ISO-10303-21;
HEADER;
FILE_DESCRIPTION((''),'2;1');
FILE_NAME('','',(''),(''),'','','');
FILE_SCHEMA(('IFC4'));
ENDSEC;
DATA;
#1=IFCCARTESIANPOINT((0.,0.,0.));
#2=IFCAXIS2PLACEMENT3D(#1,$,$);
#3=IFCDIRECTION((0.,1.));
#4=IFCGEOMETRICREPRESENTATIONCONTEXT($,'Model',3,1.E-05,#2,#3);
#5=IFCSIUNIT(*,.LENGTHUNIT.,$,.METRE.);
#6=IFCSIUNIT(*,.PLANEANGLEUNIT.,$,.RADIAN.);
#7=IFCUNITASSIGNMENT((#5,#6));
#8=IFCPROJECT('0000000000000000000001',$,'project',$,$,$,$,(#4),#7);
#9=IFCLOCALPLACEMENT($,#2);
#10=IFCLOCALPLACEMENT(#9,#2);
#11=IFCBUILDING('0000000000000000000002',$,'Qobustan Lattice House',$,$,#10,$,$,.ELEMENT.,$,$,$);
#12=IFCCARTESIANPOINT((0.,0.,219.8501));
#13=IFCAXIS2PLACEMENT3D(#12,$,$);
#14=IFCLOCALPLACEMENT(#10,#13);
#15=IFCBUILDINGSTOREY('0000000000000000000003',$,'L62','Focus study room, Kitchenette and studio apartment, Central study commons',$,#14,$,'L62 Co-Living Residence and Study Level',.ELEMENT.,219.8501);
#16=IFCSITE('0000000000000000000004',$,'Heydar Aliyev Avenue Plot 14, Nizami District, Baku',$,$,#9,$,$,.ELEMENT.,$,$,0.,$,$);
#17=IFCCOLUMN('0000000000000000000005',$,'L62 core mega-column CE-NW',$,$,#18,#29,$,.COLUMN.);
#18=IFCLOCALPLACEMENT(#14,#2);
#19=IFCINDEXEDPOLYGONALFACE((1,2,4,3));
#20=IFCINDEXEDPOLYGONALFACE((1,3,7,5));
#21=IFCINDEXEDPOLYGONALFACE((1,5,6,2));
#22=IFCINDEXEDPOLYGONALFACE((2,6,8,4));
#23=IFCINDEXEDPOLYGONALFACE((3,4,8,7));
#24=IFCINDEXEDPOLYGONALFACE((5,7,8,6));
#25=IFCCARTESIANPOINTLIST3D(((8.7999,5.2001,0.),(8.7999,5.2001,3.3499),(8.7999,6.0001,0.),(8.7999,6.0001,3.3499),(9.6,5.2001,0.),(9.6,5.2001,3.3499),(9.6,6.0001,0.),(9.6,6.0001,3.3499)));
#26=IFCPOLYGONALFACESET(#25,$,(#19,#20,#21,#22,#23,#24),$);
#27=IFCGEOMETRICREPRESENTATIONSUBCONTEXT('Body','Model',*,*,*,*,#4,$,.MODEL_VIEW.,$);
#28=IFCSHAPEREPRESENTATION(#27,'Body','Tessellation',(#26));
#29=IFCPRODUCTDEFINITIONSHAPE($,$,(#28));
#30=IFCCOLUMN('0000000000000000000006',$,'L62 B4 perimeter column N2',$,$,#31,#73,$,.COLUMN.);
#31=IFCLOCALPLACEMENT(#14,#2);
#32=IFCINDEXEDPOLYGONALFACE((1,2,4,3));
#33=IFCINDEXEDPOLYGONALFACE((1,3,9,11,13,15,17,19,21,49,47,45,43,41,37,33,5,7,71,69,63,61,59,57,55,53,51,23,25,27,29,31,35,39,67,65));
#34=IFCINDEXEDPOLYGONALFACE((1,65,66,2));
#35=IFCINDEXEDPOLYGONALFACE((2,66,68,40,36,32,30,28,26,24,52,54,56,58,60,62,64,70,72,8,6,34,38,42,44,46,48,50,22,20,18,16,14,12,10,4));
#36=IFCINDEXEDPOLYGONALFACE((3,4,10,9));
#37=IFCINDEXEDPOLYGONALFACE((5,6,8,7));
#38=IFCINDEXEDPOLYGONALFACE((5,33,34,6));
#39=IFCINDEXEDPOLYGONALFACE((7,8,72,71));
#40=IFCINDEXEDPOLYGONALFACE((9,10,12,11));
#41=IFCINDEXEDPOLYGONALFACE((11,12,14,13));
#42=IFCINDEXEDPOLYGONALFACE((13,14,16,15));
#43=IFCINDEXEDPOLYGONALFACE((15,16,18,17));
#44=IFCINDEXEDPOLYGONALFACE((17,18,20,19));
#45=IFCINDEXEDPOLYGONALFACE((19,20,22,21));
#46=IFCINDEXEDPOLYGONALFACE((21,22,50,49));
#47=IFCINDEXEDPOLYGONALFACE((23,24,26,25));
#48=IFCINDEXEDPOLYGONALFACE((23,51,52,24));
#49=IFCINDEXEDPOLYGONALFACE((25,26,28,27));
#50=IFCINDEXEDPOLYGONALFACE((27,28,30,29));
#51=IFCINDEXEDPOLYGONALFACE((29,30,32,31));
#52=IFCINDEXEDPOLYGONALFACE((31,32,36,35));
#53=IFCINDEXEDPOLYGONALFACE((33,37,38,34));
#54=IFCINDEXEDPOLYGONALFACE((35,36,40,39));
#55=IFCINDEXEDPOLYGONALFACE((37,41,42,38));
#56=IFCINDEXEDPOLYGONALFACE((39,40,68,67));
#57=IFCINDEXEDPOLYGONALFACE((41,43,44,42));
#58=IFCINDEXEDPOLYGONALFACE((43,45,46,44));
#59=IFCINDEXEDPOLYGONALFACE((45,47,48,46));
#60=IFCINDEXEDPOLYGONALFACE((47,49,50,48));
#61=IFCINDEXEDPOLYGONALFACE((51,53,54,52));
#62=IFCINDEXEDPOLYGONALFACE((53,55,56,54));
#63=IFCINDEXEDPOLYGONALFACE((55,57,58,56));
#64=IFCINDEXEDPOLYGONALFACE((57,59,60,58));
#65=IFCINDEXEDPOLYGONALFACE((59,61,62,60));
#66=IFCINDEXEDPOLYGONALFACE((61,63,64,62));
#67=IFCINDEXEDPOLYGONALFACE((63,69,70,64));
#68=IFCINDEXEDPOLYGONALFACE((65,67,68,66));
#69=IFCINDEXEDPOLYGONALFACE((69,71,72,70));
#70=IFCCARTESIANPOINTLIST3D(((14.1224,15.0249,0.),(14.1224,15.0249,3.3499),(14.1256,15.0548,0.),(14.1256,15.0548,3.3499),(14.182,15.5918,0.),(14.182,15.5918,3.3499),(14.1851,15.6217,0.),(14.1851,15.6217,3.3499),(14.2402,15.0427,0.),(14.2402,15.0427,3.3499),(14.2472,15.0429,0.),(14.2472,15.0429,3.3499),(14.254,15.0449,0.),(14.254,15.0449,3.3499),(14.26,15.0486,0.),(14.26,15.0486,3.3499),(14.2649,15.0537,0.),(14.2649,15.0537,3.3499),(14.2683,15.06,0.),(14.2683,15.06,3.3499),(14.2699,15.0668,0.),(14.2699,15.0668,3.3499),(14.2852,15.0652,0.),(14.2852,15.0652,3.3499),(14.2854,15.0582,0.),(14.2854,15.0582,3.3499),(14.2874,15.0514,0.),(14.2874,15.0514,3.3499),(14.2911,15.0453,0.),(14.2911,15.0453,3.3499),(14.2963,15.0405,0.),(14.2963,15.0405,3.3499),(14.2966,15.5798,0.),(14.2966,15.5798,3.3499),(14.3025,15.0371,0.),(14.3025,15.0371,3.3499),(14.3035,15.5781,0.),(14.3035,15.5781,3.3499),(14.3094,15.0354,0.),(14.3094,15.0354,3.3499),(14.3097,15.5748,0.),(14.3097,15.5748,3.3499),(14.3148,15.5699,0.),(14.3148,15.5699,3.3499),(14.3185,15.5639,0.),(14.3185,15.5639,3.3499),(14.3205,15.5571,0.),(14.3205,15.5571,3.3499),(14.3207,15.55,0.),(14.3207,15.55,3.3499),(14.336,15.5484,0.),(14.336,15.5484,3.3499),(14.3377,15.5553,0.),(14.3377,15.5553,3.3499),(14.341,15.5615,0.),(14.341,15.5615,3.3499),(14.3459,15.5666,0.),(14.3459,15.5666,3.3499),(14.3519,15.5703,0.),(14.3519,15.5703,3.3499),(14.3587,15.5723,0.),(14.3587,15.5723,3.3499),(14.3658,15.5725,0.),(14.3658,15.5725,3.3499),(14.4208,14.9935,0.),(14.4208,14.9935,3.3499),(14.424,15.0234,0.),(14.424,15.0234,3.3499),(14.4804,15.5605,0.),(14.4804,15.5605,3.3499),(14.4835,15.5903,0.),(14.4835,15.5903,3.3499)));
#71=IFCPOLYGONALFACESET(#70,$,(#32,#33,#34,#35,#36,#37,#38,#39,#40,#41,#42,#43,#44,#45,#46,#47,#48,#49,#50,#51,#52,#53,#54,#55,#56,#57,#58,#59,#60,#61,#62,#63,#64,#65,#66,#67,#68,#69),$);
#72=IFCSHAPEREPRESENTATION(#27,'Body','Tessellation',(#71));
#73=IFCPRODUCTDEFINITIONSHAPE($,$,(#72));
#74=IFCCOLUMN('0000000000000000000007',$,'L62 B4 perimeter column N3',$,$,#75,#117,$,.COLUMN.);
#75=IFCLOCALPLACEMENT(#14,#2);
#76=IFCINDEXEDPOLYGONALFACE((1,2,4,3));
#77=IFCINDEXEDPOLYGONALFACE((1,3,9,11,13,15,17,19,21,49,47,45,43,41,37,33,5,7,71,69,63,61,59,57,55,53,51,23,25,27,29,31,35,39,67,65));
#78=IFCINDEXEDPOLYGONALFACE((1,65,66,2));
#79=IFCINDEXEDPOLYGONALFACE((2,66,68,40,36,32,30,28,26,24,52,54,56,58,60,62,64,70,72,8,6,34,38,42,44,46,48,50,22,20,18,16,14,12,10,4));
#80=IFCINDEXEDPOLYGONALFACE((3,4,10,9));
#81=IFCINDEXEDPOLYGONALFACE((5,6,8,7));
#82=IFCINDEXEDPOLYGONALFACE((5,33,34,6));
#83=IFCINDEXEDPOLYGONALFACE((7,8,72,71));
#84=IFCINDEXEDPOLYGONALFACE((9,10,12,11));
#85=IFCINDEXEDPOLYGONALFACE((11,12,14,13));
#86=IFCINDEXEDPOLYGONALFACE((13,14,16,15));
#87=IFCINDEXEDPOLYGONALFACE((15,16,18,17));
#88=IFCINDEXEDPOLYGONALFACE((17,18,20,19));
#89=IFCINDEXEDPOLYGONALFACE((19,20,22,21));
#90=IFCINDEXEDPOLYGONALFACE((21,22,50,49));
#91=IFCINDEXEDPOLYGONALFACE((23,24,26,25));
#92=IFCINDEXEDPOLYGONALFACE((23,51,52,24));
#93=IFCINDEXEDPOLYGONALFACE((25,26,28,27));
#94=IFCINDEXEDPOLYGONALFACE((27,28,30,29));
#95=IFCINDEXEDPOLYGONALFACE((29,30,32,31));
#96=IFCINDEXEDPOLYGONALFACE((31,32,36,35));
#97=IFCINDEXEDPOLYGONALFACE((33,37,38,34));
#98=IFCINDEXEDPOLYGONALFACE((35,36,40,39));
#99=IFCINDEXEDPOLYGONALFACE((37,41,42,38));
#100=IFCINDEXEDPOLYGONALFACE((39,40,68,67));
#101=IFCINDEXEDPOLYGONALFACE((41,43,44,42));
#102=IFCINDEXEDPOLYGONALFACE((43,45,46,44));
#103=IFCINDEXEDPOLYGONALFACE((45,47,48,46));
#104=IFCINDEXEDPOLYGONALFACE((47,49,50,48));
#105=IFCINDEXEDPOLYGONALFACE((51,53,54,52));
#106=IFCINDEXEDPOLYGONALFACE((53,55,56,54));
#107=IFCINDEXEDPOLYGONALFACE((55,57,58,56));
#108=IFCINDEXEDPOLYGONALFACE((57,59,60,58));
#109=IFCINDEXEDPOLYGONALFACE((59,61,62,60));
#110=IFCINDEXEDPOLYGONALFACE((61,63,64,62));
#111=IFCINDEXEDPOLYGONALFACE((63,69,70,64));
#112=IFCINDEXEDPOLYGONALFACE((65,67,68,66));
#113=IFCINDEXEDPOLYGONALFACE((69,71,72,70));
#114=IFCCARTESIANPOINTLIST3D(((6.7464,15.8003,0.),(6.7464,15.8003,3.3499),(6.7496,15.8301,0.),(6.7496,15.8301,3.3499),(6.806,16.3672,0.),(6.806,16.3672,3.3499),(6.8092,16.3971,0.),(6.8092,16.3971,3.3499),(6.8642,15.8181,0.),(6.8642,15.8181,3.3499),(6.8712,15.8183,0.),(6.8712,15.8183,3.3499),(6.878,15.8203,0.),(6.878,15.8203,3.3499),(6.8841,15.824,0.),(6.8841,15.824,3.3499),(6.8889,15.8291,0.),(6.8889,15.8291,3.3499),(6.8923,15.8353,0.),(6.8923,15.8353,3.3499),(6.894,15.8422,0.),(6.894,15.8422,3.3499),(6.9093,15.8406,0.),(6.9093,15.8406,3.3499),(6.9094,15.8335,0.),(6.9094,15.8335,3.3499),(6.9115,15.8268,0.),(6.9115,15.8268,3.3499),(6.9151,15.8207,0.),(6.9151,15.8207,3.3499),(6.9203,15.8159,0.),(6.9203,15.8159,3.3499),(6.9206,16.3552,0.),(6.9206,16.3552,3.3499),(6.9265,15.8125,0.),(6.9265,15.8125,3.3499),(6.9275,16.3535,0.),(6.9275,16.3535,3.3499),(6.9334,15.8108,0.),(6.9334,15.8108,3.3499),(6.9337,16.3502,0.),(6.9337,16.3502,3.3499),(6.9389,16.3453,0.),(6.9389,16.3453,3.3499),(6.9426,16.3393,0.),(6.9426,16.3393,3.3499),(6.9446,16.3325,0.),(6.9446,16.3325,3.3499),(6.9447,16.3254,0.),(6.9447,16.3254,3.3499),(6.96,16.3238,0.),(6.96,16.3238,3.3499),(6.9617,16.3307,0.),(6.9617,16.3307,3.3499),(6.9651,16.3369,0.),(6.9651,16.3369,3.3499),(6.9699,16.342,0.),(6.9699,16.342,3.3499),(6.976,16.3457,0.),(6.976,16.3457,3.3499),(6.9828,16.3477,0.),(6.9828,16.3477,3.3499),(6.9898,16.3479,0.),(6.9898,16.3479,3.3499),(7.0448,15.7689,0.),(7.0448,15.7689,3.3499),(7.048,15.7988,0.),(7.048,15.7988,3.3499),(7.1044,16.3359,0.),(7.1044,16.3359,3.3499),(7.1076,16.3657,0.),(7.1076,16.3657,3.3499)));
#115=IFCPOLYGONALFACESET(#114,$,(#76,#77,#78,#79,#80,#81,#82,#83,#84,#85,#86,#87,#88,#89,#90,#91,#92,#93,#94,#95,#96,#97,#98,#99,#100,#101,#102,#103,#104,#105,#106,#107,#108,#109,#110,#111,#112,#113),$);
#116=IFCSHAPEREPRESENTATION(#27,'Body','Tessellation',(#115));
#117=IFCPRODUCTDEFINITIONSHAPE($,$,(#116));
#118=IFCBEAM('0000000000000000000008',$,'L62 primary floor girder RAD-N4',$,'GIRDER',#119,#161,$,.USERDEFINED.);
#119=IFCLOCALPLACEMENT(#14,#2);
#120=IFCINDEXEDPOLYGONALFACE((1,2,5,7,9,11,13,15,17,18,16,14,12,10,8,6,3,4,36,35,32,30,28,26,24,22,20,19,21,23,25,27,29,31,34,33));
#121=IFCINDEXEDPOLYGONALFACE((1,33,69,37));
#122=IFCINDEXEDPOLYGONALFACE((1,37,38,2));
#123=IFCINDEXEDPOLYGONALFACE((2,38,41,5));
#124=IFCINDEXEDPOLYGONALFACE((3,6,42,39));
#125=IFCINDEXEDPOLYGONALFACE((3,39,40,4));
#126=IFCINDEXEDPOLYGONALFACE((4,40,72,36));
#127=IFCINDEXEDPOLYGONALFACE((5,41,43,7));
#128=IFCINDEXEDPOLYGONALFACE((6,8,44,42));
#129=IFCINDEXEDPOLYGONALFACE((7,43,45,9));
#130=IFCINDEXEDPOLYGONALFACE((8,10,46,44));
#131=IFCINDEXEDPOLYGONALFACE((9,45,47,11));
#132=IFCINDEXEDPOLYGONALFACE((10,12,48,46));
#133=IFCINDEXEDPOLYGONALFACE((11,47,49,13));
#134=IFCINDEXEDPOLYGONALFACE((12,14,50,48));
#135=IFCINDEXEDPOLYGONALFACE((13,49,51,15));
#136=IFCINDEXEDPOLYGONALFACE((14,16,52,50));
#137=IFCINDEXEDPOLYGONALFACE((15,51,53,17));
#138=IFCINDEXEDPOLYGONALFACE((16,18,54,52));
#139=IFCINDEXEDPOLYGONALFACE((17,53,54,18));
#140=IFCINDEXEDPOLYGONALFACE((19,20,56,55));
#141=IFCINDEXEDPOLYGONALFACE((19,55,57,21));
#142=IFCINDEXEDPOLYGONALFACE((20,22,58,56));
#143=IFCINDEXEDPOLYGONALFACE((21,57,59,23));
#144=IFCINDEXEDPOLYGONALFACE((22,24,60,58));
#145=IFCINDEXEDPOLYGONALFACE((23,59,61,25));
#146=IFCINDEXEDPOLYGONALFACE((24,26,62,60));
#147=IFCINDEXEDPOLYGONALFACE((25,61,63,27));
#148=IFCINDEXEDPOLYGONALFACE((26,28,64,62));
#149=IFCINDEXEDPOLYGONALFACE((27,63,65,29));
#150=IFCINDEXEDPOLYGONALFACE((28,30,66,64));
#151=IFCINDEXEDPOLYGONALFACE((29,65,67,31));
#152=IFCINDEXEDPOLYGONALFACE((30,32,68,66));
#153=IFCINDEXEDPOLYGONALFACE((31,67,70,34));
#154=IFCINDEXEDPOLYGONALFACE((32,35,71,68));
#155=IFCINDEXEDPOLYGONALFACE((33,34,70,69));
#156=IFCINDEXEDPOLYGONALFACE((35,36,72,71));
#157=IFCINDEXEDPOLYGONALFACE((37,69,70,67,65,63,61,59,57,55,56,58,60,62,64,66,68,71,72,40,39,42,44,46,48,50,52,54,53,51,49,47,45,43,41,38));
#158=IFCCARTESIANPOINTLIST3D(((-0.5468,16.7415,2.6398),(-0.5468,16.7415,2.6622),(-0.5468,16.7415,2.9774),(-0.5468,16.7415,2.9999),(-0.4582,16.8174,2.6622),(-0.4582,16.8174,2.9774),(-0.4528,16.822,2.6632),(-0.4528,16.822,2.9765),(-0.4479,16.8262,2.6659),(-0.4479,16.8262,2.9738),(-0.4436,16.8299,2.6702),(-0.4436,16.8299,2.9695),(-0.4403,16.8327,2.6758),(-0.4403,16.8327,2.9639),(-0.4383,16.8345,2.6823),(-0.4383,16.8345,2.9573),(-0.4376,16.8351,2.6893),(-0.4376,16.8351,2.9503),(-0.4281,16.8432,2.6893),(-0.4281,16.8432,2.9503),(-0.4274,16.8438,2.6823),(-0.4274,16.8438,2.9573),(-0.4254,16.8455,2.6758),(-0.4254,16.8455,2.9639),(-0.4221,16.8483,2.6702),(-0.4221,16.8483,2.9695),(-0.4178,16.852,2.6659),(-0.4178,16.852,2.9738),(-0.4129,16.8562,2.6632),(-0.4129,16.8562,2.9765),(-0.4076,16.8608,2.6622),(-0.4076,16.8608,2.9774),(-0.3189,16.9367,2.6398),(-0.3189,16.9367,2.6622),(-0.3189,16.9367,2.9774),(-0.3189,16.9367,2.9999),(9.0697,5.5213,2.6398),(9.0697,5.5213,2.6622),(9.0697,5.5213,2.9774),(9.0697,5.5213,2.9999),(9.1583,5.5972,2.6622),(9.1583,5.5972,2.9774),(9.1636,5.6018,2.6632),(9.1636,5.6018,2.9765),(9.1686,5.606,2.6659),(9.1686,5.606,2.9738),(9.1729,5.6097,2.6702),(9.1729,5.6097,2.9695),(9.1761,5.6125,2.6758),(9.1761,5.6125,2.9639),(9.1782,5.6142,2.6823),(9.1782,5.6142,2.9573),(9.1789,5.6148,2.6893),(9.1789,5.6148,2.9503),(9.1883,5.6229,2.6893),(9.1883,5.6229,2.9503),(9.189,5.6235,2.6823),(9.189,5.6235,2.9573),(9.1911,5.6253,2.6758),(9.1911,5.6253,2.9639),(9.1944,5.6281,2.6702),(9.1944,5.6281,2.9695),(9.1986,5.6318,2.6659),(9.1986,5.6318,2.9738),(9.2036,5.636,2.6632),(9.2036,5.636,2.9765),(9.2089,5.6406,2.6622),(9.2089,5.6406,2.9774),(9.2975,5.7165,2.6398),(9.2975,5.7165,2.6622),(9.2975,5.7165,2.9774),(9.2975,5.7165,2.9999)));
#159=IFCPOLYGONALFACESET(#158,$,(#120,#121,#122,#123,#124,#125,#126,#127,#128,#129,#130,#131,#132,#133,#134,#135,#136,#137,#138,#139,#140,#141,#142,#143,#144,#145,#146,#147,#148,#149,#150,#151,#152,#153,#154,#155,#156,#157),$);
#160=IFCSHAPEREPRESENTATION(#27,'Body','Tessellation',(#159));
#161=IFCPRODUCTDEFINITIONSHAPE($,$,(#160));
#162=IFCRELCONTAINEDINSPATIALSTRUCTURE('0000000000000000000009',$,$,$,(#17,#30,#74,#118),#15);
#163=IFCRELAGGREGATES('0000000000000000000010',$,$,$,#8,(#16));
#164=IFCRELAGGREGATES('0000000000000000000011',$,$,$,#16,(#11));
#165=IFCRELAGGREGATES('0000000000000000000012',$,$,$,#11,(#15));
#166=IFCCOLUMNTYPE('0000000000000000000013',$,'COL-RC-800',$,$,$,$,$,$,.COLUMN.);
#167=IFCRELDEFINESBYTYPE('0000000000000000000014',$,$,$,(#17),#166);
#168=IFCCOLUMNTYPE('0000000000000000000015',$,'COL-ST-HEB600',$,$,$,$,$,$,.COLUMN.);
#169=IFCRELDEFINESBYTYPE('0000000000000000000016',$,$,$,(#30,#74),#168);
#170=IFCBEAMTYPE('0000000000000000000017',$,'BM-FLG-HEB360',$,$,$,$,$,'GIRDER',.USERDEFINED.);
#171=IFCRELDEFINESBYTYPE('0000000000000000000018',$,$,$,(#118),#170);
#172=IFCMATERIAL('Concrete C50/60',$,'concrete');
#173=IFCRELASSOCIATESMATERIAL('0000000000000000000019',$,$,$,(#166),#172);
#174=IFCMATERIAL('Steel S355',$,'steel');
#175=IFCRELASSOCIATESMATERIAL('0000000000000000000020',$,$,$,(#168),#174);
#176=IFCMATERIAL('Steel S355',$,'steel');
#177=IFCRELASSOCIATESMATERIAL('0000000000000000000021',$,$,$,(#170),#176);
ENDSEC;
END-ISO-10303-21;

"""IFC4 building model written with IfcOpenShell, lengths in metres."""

from ifc_helpers import new_model, si_unit, direction, frame, origin, origin_2d, place, context, subcontext, project, spatial, rectangle, i_section, extrude, material, material_profile, profile_set, type_object, element, save


model = new_model("IFC4")

# Units and contexts
model_context = context("Model", 3, precision=1e-05, world=origin(), true_north=direction((0.0, 1.0)))
body_context = subcontext(model_context, "Body", "Model", "MODEL_VIEW")
ifc_project = project(units=[si_unit("LENGTHUNIT", "METRE"), si_unit("PLANEANGLEUNIT", "RADIAN")], contexts=[model_context])

# Site, building, storey
site_placement = place(None, origin())
site = spatial("IfcSite", under=ifc_project, at=site_placement, Name="Heydar Aliyev Avenue Plot 14, Nizami District, Baku", CompositionType="ELEMENT", RefElevation=0.0)
building_placement = place(site_placement, origin())
building = spatial("IfcBuilding", under=site, at=building_placement, Name="Qobustan Lattice House", CompositionType="ELEMENT")
storey_placement = place(building_placement, frame((0.0, 0.0, 219.8501)))
storey = spatial("IfcBuildingStorey", under=building, at=storey_placement, Name="L62", Description="Focus study room, Kitchenette and studio apartment, Central study commons", LongName="L62 Co-Living Residence and Study Level", CompositionType="ELEMENT", Elevation=219.8501)

# Columns
ifc_material_1 = material(Name="Concrete C50/60", Category="concrete")
ifc_material_profile_1 = material_profile(ifc_material_1, rectangle(XDim=0.8, YDim=0.8, at=origin_2d()), Name="RC800x800")
ifc_profile_set_1 = profile_set([ifc_material_profile_1], Name="Concrete C50/60")
column_type_1 = type_object("IfcColumnType", Name="COL-RC-800", PredefinedType="COLUMN", material=ifc_profile_set_1)
column_placement = place(storey_placement, frame((9.2, 5.6001, 0.0), z_axis=(0.0, 0.0, 1.0), x_axis=(1.0, 0.0, 0.0)))
element("IfcColumn", 1, at=column_placement, inside=storey, type_object=column_type_1, Name="L62 core mega-column CE-NW", PredefinedType="COLUMN", context=body_context, shape_type="SweptSolid", body=[
    extrude(rectangle(XDim=0.8, YDim=0.8, at=origin_2d()), origin(), (0.0, 0.0, 1.0), 3.3499),
])
ifc_material_2 = material(Name="Steel S355", Category="steel")
ifc_material_profile_2 = material_profile(ifc_material_2, i_section(OverallWidth=0.3, OverallDepth=0.6001, WebThickness=0.0154, FlangeThickness=0.03, FilletRadius=0.0271, at=origin_2d()), Name="HEB600")
ifc_profile_set_2 = profile_set([ifc_material_profile_2], Name="Steel S355")
column_type_2 = type_object("IfcColumnType", Name="COL-ST-HEB600", PredefinedType="COLUMN", material=ifc_profile_set_2)
for number, where, z_axis, x_axis, name in (
    (2, (14.303, 15.3076, 0.0), (0.0, 0.0, 1.0), (0.994522, -0.104528, 0.0), "L62 B4 perimeter column N2"),
    (3, (6.927, 16.083, 0.0), (0.0, 0.0, 1.0), (0.994522, -0.104528, 0.0), "L62 B4 perimeter column N3"),
):
    element("IfcColumn", number, at=place(storey_placement, frame(where, z_axis=z_axis, x_axis=x_axis)), inside=storey, type_object=column_type_2, Name=name, PredefinedType="COLUMN", context=body_context, shape_type="SweptSolid", body=[
        extrude(i_section(OverallWidth=0.3, OverallDepth=0.6001, WebThickness=0.0154, FlangeThickness=0.03, FilletRadius=0.0271, at=origin_2d()), origin(), (0.0, 0.0, 1.0), 3.3499),
    ])

# Beam
ifc_material_3 = material(Name="Steel S355", Category="steel")
ifc_material_profile_3 = material_profile(ifc_material_3, i_section(OverallWidth=0.3, OverallDepth=0.3601, WebThickness=0.0125, FlangeThickness=0.0225, FilletRadius=0.0271, at=origin_2d()), Name="HEB360")
ifc_profile_set_3 = profile_set([ifc_material_profile_3], Name="Steel S355")
beam_type_1 = type_object("IfcBeamType", Name="BM-FLG-HEB360", ElementType="GIRDER", PredefinedType="USERDEFINED", material=ifc_profile_set_3)
beam_1_placement = place(storey_placement, frame((-0.4329, 16.8391, 2.8198), z_axis=(0.650757, -0.759286, 0.0), x_axis=(0.759286, 0.650757, 0.0)))
element("IfcBeam", 4, at=beam_1_placement, inside=storey, type_object=beam_type_1, Name="L62 primary floor girder RAD-N4", ObjectType="GIRDER", PredefinedType="USERDEFINED", context=body_context, shape_type="SweptSolid", body=[
    extrude(i_section(OverallWidth=0.3, OverallDepth=0.3601, WebThickness=0.0125, FlangeThickness=0.0225, FilletRadius=0.0271, at=origin_2d()), origin(), (0.0, 0.0, 1.0), 14.7773),
])

save(model, "model.ifc")
